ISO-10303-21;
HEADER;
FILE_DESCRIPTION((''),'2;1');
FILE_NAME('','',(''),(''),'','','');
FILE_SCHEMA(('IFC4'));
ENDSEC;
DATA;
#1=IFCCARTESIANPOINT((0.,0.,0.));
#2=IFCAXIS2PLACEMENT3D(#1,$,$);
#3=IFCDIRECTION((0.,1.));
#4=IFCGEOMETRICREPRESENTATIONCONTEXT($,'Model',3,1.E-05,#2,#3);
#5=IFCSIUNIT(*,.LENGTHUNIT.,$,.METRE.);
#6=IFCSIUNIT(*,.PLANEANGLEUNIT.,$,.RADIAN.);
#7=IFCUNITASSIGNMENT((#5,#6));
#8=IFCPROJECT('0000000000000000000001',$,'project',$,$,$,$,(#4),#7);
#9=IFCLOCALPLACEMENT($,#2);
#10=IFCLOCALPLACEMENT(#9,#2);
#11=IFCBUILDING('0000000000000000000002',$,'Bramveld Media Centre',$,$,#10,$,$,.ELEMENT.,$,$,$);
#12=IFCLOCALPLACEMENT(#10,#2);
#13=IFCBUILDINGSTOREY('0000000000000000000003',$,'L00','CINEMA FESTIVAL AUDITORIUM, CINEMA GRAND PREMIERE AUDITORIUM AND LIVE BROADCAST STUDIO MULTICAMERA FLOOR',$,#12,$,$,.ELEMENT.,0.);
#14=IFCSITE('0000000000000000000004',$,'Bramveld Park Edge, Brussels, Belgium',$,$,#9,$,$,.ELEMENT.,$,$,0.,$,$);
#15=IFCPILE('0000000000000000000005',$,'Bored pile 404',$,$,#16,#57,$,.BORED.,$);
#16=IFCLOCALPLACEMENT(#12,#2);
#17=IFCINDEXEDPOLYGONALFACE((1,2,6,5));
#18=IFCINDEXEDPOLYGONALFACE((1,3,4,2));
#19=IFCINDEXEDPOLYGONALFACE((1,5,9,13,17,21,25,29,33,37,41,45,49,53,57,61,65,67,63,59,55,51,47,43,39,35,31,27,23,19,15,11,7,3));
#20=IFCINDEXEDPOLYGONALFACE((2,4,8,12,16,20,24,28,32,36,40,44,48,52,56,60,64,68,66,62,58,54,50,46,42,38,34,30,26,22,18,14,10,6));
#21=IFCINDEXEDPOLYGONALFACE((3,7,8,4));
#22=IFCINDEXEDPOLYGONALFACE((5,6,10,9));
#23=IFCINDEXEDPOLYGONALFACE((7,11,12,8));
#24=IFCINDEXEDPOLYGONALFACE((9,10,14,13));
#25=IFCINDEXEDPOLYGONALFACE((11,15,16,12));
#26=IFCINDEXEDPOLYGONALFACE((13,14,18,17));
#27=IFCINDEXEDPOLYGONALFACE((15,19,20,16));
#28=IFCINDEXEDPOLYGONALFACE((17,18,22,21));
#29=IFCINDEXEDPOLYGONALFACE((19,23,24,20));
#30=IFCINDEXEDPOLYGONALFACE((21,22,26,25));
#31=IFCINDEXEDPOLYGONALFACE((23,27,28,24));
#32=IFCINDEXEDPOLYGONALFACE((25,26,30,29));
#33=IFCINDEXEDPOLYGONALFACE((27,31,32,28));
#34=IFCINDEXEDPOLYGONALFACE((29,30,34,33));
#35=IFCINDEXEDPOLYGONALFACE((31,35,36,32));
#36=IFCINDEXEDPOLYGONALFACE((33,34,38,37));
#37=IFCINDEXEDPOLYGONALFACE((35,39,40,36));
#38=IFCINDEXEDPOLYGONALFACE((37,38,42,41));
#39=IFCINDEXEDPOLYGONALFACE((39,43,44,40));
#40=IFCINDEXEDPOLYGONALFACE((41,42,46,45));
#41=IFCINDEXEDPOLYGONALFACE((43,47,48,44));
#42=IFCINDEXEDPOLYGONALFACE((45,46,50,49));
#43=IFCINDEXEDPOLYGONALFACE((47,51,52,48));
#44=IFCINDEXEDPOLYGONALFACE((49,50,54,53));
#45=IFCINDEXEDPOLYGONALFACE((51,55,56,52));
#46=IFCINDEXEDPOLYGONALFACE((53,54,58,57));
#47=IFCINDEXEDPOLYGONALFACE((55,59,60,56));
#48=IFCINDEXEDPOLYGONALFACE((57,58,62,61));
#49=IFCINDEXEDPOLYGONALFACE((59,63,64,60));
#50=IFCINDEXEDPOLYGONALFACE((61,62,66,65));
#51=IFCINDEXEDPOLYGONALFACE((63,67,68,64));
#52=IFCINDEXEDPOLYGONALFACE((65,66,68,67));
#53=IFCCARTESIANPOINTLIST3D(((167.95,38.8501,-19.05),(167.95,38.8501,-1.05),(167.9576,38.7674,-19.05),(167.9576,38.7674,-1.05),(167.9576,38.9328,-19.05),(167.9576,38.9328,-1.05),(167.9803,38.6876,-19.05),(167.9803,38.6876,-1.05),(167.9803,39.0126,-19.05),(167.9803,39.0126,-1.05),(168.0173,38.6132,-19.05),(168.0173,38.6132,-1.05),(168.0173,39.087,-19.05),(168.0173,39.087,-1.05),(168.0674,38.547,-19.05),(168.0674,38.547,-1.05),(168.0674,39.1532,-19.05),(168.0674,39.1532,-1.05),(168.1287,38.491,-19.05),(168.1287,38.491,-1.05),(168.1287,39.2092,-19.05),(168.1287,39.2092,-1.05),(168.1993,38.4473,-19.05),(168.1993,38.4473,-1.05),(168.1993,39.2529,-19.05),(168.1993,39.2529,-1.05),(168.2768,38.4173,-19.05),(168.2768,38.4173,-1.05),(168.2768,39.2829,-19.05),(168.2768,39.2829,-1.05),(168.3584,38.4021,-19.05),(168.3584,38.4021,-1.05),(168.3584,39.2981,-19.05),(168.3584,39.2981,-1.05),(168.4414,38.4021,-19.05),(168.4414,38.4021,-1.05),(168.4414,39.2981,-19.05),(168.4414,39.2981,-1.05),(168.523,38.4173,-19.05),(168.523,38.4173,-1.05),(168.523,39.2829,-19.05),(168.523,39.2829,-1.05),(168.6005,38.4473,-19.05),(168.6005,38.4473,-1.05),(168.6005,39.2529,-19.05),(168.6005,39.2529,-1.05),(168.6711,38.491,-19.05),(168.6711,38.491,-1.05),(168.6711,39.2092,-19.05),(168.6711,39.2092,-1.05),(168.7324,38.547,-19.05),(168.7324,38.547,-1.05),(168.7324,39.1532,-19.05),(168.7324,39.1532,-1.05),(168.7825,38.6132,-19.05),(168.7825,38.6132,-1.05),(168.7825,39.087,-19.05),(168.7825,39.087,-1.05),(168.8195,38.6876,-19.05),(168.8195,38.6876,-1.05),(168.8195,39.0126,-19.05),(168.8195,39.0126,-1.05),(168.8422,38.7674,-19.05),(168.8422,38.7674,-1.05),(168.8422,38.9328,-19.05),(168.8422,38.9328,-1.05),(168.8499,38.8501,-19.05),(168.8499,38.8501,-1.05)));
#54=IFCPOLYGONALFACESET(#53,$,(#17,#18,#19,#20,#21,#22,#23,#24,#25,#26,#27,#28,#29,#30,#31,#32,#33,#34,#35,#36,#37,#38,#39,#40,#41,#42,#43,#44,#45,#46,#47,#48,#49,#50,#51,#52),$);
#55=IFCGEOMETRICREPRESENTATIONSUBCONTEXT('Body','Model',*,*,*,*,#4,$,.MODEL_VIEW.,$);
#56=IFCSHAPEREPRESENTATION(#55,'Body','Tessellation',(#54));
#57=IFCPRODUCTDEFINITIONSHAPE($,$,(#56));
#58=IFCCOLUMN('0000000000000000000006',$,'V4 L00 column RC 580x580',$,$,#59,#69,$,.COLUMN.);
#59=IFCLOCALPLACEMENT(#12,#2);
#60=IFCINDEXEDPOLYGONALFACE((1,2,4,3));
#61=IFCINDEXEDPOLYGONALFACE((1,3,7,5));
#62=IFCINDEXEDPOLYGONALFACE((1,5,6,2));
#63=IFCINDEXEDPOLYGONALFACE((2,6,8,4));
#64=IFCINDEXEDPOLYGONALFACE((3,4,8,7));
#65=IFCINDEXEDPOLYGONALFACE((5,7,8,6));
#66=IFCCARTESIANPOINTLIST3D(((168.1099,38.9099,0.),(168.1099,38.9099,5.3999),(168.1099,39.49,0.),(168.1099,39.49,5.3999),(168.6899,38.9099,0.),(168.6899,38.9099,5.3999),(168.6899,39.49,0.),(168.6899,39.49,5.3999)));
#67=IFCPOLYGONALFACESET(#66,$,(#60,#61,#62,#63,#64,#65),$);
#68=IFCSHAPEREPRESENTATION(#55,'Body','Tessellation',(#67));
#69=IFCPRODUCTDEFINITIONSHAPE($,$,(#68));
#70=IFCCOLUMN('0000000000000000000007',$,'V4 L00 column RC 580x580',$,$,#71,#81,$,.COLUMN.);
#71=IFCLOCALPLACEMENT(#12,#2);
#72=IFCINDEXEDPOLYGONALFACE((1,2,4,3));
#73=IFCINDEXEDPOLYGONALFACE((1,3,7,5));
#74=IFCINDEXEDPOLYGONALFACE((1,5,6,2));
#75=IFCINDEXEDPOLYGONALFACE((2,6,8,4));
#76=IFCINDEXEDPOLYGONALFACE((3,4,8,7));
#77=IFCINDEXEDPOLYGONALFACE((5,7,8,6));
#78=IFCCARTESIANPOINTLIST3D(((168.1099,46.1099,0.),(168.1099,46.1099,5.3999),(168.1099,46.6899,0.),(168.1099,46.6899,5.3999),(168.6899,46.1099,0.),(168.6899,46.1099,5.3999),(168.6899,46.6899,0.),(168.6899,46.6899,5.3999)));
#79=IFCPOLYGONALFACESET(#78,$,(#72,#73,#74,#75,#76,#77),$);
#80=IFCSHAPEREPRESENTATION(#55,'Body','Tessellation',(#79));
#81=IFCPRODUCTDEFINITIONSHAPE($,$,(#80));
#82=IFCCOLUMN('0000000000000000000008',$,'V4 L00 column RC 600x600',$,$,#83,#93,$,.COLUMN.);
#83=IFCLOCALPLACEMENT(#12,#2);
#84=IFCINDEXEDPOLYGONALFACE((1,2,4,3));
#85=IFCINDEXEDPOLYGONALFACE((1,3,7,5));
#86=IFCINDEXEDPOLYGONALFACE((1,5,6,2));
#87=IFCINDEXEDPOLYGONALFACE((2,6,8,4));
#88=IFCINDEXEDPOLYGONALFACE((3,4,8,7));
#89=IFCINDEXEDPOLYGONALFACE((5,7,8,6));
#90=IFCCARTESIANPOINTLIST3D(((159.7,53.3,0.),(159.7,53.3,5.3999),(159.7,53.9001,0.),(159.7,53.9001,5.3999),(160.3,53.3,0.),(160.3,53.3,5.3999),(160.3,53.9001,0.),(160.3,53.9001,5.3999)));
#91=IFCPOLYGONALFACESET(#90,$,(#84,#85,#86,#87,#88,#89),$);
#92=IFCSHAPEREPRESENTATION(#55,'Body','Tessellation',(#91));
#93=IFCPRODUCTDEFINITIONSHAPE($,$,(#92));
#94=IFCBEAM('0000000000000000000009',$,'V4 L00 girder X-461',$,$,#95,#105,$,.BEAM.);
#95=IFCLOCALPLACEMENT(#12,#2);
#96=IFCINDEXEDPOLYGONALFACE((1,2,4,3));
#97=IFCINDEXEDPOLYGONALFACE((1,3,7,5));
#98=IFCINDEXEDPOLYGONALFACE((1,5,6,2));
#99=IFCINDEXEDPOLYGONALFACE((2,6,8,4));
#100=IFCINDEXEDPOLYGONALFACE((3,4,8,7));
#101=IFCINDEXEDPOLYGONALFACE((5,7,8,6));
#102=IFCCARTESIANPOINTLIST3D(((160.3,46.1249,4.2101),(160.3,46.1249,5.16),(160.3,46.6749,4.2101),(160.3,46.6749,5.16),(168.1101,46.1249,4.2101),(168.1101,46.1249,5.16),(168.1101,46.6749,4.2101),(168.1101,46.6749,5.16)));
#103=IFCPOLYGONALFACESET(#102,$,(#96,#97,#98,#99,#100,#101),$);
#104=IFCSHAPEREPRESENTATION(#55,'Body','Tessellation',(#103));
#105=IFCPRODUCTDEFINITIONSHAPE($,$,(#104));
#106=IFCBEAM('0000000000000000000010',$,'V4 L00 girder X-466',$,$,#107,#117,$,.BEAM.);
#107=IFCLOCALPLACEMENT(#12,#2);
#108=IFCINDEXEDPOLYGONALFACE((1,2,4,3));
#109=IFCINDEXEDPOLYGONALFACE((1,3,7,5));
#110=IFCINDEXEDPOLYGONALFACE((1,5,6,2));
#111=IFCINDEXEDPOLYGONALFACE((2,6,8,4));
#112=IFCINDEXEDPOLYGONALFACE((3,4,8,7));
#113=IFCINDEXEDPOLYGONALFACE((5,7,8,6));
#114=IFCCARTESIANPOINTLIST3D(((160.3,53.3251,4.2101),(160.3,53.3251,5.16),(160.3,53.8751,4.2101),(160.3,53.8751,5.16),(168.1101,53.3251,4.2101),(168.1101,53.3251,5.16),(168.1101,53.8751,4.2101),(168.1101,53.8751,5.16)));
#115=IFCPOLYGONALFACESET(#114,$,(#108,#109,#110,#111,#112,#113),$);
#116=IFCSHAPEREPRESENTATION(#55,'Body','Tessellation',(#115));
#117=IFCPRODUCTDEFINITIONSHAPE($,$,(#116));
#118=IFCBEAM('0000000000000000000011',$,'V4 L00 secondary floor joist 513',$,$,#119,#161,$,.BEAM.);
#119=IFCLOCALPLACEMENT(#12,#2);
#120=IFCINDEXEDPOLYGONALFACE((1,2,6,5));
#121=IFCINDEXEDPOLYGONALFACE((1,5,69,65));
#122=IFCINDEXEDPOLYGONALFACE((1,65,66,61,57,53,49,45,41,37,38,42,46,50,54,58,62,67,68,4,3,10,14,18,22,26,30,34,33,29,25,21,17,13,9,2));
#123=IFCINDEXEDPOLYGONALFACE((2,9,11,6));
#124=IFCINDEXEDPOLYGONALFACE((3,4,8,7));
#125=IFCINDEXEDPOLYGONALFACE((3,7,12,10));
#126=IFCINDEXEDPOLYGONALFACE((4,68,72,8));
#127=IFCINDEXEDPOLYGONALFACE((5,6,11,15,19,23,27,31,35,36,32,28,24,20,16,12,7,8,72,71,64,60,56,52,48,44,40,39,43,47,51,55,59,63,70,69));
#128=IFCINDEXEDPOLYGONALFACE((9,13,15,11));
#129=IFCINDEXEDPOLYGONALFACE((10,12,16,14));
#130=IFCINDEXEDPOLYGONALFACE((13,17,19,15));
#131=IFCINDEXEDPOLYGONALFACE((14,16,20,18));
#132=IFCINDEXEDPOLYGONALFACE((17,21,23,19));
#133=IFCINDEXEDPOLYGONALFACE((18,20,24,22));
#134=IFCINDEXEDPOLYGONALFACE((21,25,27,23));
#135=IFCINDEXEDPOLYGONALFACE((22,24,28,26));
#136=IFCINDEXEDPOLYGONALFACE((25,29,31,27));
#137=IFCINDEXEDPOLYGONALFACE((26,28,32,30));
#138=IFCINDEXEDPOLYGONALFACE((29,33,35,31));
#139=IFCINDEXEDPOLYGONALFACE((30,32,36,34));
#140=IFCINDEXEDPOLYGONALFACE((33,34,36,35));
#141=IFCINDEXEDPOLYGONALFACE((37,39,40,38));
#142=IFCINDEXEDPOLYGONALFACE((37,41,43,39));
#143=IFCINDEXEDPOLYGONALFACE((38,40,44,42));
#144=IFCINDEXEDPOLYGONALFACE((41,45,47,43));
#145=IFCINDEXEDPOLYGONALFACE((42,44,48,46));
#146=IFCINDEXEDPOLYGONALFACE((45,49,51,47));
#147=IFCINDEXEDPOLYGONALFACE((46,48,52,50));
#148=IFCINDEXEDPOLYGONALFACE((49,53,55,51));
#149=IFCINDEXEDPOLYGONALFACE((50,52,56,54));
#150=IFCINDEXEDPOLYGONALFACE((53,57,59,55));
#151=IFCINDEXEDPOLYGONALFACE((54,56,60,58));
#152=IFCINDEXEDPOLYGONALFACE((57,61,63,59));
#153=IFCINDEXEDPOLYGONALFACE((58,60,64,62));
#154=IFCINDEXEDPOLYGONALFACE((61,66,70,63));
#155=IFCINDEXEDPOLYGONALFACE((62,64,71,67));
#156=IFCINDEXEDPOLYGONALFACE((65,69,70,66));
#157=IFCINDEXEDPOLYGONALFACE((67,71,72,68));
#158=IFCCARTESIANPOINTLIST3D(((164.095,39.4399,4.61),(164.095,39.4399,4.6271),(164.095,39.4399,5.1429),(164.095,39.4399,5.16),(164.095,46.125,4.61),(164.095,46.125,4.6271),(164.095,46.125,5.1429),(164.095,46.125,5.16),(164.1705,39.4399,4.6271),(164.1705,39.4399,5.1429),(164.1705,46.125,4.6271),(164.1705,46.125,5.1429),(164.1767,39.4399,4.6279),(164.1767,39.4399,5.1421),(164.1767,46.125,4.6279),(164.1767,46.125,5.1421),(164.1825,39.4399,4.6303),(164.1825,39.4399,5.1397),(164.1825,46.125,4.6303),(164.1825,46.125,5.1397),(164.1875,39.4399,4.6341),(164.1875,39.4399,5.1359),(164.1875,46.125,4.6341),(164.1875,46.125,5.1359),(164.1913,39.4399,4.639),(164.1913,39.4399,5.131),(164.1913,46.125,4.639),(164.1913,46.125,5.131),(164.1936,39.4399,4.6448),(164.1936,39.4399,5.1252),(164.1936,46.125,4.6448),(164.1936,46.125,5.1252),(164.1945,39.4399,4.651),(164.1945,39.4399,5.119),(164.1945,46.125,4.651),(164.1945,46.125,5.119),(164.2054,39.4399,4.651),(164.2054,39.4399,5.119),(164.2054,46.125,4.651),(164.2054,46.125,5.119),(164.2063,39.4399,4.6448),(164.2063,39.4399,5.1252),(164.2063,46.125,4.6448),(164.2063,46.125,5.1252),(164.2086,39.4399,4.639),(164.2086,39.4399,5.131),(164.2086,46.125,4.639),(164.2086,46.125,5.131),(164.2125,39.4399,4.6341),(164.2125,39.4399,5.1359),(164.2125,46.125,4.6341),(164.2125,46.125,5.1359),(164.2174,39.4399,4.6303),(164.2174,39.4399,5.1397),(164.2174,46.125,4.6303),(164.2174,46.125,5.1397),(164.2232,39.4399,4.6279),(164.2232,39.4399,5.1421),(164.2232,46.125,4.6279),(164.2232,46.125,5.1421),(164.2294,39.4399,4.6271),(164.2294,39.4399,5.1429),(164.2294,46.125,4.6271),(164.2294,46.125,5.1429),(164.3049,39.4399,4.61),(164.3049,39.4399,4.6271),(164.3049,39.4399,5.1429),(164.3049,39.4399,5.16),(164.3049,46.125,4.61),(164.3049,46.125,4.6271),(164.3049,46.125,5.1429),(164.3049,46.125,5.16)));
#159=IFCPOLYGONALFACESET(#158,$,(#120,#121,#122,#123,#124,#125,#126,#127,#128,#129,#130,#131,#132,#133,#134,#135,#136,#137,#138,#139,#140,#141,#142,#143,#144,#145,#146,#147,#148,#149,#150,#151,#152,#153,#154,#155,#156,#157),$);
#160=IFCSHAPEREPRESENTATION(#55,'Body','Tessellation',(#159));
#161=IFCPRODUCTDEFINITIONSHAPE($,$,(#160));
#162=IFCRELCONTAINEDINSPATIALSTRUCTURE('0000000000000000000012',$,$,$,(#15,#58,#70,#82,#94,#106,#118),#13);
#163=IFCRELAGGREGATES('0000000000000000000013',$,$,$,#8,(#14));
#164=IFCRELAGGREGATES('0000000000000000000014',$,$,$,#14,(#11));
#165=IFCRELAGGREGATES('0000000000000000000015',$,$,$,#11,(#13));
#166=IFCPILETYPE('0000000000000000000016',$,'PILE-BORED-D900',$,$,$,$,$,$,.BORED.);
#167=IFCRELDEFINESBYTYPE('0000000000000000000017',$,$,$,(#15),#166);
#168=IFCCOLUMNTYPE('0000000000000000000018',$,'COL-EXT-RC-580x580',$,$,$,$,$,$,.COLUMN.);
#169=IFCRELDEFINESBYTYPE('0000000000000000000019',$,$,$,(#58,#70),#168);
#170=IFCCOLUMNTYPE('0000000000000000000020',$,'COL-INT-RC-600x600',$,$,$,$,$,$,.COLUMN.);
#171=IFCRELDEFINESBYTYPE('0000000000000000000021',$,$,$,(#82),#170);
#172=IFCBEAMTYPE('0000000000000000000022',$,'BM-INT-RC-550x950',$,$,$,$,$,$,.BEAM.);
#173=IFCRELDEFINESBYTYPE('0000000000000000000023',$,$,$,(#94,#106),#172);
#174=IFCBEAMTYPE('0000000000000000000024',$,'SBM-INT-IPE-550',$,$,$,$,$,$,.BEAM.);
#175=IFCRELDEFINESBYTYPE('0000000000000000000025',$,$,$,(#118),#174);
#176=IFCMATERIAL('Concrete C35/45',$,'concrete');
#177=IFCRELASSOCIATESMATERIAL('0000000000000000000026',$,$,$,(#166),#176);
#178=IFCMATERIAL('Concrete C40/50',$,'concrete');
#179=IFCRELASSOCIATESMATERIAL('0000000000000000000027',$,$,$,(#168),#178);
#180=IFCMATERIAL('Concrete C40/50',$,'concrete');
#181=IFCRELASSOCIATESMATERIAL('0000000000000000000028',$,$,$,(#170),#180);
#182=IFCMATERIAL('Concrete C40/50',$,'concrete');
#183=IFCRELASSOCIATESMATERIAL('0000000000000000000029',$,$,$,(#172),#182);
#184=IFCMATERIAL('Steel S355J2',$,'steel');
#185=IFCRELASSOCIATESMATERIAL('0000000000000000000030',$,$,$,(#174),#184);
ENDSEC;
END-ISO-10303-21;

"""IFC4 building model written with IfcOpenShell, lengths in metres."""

from ifc_helpers import new_model, si_unit, direction, frame, origin, origin_2d, place, context, subcontext, project, spatial, rectangle, circle, i_section, extrude, material, material_profile, profile_set, type_object, element, save


model = new_model("IFC4")

# Units and contexts
model_context = context("Model", 3, precision=1e-05, world=origin(), true_north=direction((0.0, 1.0)))
body_context = subcontext(model_context, "Body", "Model", "MODEL_VIEW")
ifc_project = project(units=[si_unit("LENGTHUNIT", "METRE"), si_unit("PLANEANGLEUNIT", "RADIAN")], contexts=[model_context])

# Site, building, storey
site_placement = place(None, origin())
site = spatial("IfcSite", under=ifc_project, at=site_placement, Name="Bramveld Park Edge, Brussels, Belgium", CompositionType="ELEMENT", RefElevation=0.0)
building_placement = place(site_placement, origin())
building = spatial("IfcBuilding", under=site, at=building_placement, Name="Bramveld Media Centre", CompositionType="ELEMENT")
storey_placement = place(building_placement, origin())
storey = spatial("IfcBuildingStorey", under=building, at=storey_placement, Name="L00", Description="CINEMA FESTIVAL AUDITORIUM, CINEMA GRAND PREMIERE AUDITORIUM AND LIVE BROADCAST STUDIO MULTICAMERA FLOOR", CompositionType="ELEMENT", Elevation=0.0)

# Pile
ifc_material_1 = material(Name="Concrete C35/45", Category="concrete")
ifc_material_profile_1 = material_profile(ifc_material_1, circle(Radius=0.45, at=origin_2d()), Name="BORED D900")
ifc_profile_set_1 = profile_set([ifc_material_profile_1], Name="Concrete C35/45")
pile_type_1 = type_object("IfcPileType", Name="PILE-BORED-D900", PredefinedType="BORED", material=ifc_profile_set_1)
pile_placement = place(storey_placement, frame((168.3999, 38.8501, -1.05), z_axis=(0.0, 0.0, -1.0), x_axis=(1.0, 0.0, 0.0)))
element("IfcPile", 1, at=pile_placement, inside=storey, type_object=pile_type_1, Name="Bored pile 404", PredefinedType="BORED", context=body_context, shape_type="SweptSolid", body=[
    extrude(circle(Radius=0.45, at=origin_2d()), origin(), (0.0, 0.0, 1.0), 18.0),
])

# Columns
ifc_material_2 = material(Name="Concrete C40/50", Category="concrete")
ifc_material_profile_2 = material_profile(ifc_material_2, rectangle(XDim=0.5801, YDim=0.5801, at=origin_2d()), Name="RC 580x580")
ifc_profile_set_2 = profile_set([ifc_material_profile_2], Name="Concrete C40/50")
column_type_1 = type_object("IfcColumnType", Name="COL-EXT-RC-580x580", PredefinedType="COLUMN", material=ifc_profile_set_2)
for number, where, z_axis, x_axis, name in (
    (2, (168.3999, 39.2, 0.0), (0.0, 0.0, 1.0), (1.0, 0.0, 0.0), "V4 L00 column RC 580x580"),
    (3, (168.3999, 46.3999, 0.0), (0.0, 0.0, 1.0), (1.0, 0.0, 0.0), "V4 L00 column RC 580x580"),
):
    element("IfcColumn", number, at=place(storey_placement, frame(where, z_axis=z_axis, x_axis=x_axis)), inside=storey, type_object=column_type_1, Name=name, PredefinedType="COLUMN", context=body_context, shape_type="SweptSolid", body=[
        extrude(rectangle(XDim=0.5801, YDim=0.5801, at=origin_2d()), origin(), (0.0, 0.0, 1.0), 5.3999),
    ])
ifc_material_3 = material(Name="Concrete C40/50", Category="concrete")
ifc_material_profile_3 = material_profile(ifc_material_3, rectangle(XDim=0.6001, YDim=0.6001, at=origin_2d()), Name="RC 600x600")
ifc_profile_set_3 = profile_set([ifc_material_profile_3], Name="Concrete C40/50")
column_type_2 = type_object("IfcColumnType", Name="COL-INT-RC-600x600", PredefinedType="COLUMN", material=ifc_profile_set_3)
column_placement = place(storey_placement, frame((160.0, 53.6001, 0.0), z_axis=(0.0, 0.0, 1.0), x_axis=(1.0, 0.0, 0.0)))
element("IfcColumn", 4, at=column_placement, inside=storey, type_object=column_type_2, Name="V4 L00 column RC 600x600", PredefinedType="COLUMN", context=body_context, shape_type="SweptSolid", body=[
    extrude(rectangle(XDim=0.6001, YDim=0.6001, at=origin_2d()), origin(), (0.0, 0.0, 1.0), 5.3999),
])

# Beams
ifc_material_4 = material(Name="Concrete C40/50", Category="concrete")
ifc_material_profile_4 = material_profile(ifc_material_4, rectangle(XDim=0.55, YDim=0.95, at=origin_2d()), Name="RC 550x950")
ifc_profile_set_4 = profile_set([ifc_material_profile_4], Name="Concrete C40/50")
beam_type_1 = type_object("IfcBeamType", Name="BM-INT-RC-550x950", PredefinedType="BEAM", material=ifc_profile_set_4)
for number, where, z_axis, x_axis, name in (
    (5, (160.3, 46.3999, 4.6851), (1.0, 0.0, 0.0), (0.0, 1.0, 0.0), "V4 L00 girder X-461"),
    (6, (160.3, 53.6001, 4.6851), (1.0, 0.0, 0.0), (0.0, 1.0, 0.0), "V4 L00 girder X-466"),
):
    element("IfcBeam", number, at=place(storey_placement, frame(where, z_axis=z_axis, x_axis=x_axis)), inside=storey, type_object=beam_type_1, Name=name, PredefinedType="BEAM", context=body_context, shape_type="SweptSolid", body=[
        extrude(rectangle(XDim=0.55, YDim=0.95, at=origin_2d()), origin(), (0.0, 0.0, 1.0), 7.8101),
    ])
ifc_material_5 = material(Name="Steel S355J2", Category="steel")
ifc_material_profile_5 = material_profile(ifc_material_5, i_section(OverallWidth=0.21, OverallDepth=0.55, WebThickness=0.011, FlangeThickness=0.0171, FilletRadius=0.0239, at=origin_2d()), Name="IPE 550")
ifc_profile_set_5 = profile_set([ifc_material_profile_5], Name="Steel S355J2")
beam_type_2 = type_object("IfcBeamType", Name="SBM-INT-IPE-550", PredefinedType="BEAM", material=ifc_profile_set_5)
beam_1_placement = place(storey_placement, frame((164.2, 39.4399, 4.885), z_axis=(0.0, 1.0, 0.0), x_axis=(-1.0, 0.0, 0.0)))
element("IfcBeam", 7, at=beam_1_placement, inside=storey, type_object=beam_type_2, Name="V4 L00 secondary floor joist 513", PredefinedType="BEAM", context=body_context, shape_type="SweptSolid", body=[
    extrude(i_section(OverallWidth=0.21, OverallDepth=0.55, WebThickness=0.011, FlangeThickness=0.0171, FilletRadius=0.0239, at=origin_2d()), origin(), (0.0, 0.0, 1.0), 6.6851),
])

save(model, "model.ifc")
